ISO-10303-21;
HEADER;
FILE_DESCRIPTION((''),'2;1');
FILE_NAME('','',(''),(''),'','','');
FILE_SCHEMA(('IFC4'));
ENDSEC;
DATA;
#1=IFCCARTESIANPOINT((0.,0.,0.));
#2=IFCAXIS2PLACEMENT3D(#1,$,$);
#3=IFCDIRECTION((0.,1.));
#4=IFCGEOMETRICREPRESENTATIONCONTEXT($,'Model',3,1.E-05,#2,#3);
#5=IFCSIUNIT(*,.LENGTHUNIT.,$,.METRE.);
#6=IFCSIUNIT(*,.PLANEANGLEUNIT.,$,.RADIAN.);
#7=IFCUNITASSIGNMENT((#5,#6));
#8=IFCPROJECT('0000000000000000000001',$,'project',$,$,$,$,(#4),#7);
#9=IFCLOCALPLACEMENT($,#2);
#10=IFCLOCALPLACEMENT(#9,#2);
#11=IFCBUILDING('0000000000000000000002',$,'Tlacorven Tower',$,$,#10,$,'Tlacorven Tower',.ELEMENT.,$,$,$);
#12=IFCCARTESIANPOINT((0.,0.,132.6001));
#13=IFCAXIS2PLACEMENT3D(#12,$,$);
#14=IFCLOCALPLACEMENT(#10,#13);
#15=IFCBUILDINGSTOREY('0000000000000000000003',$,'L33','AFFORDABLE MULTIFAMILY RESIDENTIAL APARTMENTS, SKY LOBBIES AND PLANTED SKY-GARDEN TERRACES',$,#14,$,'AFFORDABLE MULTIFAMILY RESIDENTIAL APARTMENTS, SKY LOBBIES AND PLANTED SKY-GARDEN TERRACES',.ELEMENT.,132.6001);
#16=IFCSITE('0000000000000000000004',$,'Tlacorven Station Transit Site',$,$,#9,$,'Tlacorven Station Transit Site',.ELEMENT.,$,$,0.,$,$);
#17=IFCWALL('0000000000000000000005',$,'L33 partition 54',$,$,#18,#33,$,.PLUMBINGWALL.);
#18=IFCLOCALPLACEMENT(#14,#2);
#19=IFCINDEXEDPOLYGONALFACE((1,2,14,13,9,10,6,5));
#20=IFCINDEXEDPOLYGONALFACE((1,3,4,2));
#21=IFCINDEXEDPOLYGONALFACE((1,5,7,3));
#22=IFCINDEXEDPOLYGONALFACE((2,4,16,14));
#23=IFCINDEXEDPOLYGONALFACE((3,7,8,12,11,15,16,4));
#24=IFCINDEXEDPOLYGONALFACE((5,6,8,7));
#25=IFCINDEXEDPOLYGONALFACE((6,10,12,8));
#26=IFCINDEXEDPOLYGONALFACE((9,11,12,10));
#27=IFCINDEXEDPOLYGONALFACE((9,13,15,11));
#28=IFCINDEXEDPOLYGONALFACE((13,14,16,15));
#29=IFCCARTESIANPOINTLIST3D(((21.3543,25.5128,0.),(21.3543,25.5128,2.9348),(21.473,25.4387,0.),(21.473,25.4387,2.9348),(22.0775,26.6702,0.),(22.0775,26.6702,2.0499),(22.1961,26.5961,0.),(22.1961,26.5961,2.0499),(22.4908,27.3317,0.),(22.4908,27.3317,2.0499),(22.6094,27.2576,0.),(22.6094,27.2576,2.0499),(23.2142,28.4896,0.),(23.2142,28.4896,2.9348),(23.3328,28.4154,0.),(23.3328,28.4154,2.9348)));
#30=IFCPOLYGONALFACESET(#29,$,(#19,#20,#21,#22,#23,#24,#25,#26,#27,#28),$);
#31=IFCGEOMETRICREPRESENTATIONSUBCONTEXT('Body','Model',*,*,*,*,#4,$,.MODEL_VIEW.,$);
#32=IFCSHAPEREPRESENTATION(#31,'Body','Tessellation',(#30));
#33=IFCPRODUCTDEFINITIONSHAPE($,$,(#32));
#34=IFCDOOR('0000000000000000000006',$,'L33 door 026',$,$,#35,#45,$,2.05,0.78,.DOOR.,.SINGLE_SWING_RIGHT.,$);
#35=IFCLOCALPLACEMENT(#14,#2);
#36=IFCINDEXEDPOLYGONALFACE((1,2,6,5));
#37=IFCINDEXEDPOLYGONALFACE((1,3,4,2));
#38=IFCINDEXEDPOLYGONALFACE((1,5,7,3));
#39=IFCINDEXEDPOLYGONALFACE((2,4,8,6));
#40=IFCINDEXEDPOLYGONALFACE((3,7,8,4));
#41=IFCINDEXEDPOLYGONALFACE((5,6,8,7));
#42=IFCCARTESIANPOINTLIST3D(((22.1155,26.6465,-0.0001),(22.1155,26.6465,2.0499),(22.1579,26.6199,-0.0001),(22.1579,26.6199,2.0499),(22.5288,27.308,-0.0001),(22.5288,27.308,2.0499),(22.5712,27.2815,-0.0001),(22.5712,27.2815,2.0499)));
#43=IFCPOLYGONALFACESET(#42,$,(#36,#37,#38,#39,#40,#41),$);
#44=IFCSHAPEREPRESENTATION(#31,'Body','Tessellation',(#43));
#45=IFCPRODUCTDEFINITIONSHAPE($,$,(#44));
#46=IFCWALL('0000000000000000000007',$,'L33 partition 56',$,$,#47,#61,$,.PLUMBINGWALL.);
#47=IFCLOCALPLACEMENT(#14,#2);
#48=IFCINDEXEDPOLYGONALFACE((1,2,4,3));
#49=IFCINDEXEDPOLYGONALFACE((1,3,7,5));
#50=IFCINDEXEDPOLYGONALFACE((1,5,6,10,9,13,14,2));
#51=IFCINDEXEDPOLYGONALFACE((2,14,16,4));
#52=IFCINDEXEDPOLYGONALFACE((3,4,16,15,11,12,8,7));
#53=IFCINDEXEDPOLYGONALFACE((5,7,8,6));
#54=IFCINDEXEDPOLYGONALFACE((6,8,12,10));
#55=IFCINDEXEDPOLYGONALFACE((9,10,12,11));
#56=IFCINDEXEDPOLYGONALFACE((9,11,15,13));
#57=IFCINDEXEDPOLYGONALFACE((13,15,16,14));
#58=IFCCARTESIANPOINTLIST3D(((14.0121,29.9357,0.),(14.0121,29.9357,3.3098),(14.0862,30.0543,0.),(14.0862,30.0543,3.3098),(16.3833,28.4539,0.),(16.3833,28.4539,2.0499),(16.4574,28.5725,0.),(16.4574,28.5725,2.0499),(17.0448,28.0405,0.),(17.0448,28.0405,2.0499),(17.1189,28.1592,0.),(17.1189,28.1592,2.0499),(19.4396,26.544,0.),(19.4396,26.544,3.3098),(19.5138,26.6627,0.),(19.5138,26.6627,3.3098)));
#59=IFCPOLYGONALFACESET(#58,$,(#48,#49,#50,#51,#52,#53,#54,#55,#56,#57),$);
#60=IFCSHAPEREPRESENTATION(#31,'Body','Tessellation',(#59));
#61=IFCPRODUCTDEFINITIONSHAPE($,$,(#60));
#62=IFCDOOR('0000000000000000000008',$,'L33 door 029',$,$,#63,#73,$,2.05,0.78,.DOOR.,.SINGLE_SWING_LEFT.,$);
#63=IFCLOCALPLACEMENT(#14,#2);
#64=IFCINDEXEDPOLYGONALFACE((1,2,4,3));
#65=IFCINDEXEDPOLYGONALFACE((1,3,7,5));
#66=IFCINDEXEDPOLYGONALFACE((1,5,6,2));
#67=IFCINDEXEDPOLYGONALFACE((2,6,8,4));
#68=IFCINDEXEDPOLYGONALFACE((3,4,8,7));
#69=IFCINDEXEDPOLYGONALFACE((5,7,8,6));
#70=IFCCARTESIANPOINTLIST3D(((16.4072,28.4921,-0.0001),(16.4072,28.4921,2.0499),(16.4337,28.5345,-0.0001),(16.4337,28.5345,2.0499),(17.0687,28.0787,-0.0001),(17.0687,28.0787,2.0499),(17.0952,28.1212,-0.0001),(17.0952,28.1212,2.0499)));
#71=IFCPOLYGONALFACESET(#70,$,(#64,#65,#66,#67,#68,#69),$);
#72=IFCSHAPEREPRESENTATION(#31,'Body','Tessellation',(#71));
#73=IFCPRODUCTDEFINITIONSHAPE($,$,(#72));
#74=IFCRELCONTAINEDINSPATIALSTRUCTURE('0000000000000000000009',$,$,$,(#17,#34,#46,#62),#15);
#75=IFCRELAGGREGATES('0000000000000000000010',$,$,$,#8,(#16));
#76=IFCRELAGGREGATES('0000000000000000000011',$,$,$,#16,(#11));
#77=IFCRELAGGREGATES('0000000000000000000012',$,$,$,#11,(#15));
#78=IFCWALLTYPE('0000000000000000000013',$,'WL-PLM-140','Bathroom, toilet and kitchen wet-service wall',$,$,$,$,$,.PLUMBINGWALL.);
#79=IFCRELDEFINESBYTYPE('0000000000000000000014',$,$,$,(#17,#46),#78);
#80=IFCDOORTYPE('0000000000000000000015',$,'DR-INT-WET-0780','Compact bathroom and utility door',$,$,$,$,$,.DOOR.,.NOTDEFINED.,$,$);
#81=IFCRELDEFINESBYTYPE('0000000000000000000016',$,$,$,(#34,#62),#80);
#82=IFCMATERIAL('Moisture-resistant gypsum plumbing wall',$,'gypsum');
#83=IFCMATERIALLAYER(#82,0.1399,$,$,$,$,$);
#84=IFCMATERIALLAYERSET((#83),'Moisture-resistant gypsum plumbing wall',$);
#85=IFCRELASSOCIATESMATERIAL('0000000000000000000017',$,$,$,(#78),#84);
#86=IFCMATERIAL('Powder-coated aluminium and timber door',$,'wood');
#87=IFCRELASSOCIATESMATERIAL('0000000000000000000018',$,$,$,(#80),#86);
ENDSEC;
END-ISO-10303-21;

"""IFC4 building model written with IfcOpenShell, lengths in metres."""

from ifc_helpers import new_model, si_unit, direction, frame, frame_2d, origin, place, context, subcontext, project, spatial, rectangle, extrude, source, transform, mapped, material, layer, layer_set, type_object, element, fill, save


model = new_model("IFC4")

# Units and contexts
model_context = context("Model", 3, precision=1e-05, world=origin(), true_north=direction((0.0, 1.0)))
body_context = subcontext(model_context, "Body", "Model", "MODEL_VIEW")
ifc_project = project(units=[si_unit("LENGTHUNIT", "METRE"), si_unit("PLANEANGLEUNIT", "RADIAN")], contexts=[model_context])

# Site, building, storey
site_placement = place(None, origin())
site = spatial("IfcSite", under=ifc_project, at=site_placement, Name="Tlacorven Station Transit Site", LongName="Tlacorven Station Transit Site", CompositionType="ELEMENT", RefElevation=0.0)
building_placement = place(site_placement, origin())
building = spatial("IfcBuilding", under=site, at=building_placement, Name="Tlacorven Tower", LongName="Tlacorven Tower", CompositionType="ELEMENT")
storey_placement = place(building_placement, frame((0.0, 0.0, 132.6001)))
storey = spatial("IfcBuildingStorey", under=building, at=storey_placement, Name="L33", Description="AFFORDABLE MULTIFAMILY RESIDENTIAL APARTMENTS, SKY LOBBIES AND PLANTED SKY-GARDEN TERRACES", LongName="AFFORDABLE MULTIFAMILY RESIDENTIAL APARTMENTS, SKY LOBBIES AND PLANTED SKY-GARDEN TERRACES", CompositionType="ELEMENT", Elevation=132.6001)

# Walls, openings, doors
ifc_material_1 = material(Name="Moisture-resistant gypsum plumbing wall", Category="gypsum")
ifc_layer_1 = layer(ifc_material_1, 0.1399)
ifc_layer_set_1 = layer_set([ifc_layer_1], Name="Moisture-resistant gypsum plumbing wall")
wall_type_1 = type_object("IfcWallType", Name="WL-PLM-140", Description="Bathroom, toilet and kitchen wet-service wall", PredefinedType="PLUMBINGWALL", material=ifc_layer_set_1)
ifc_material_2 = material(Name="Powder-coated aluminium and timber door", Category="wood")
wall_1_placement = place(storey_placement, frame((23.2734, 28.4524, 0.0), z_axis=(0.0, 0.0, 1.0), x_axis=(-0.529868, -0.84808, 0.0)))
wall_1 = element("IfcWall", 1, at=wall_1_placement, inside=storey, type_object=wall_type_1, Name="L33 partition 54", PredefinedType="PLUMBINGWALL", context=body_context, shape_type="SweptSolid", body=[
    extrude(rectangle(XDim=3.51, YDim=0.1399, at=frame_2d((1.7549, 0.0))), origin(), (0.0, 0.0, 1.0), 2.9348),
])
opening_1_placement = place(wall_1_placement, frame((1.365, 0.0, 0.0)))
opening_1 = element("IfcOpeningElement", 2, at=opening_1_placement, cuts=wall_1, PredefinedType="OPENING", context=body_context, shape_type="SweptSolid", body=[
    extrude(rectangle(XDim=0.78, YDim=2.05, at=frame_2d((0.3901, 1.0249))), frame((0.0, 0.0801, 0.0), z_axis=(0.0, -1.0, 0.0), x_axis=(1.0, 0.0, 0.0)), (0.0, 0.0, 1.0), 0.1599),
])
door_type_1 = type_object("IfcDoorType", Name="DR-INT-WET-0780", Description="Compact bathroom and utility door", OperationType="NOTDEFINED", PredefinedType="DOOR", material=ifc_material_2)
shared_shape_1 = source(origin(), body_context, "Body", "SweptSolid", [
    extrude(rectangle(XDim=0.78, YDim=2.05, at=frame_2d((0.3901, 1.0249))), frame((0.0, 0.0249, 0.0), z_axis=(0.0, -1.0, 0.0), x_axis=(1.0, 0.0, 0.0)), (0.0, 0.0, 1.0), 0.05),
])
door_1_placement = place(opening_1_placement, origin())
door_1 = element("IfcDoor", 3, at=door_1_placement, inside=storey, type_object=door_type_1, Name="L33 door 026", OperationType="SINGLE_SWING_RIGHT", OverallHeight=2.05, OverallWidth=0.78, PredefinedType="DOOR", context=body_context, shape_type="MappedRepresentation", body=[
    mapped(shared_shape_1, transform((0.0, 0.0, 0.0), scale=1.0)),
])
fill(opening_1, door_1)
wall_2_placement = place(storey_placement, frame((19.4768, 26.6033, 0.0), z_axis=(0.0, 0.0, 1.0), x_axis=(-0.848039, 0.529934, 0.0)))
wall_2 = element("IfcWall", 4, at=wall_2_placement, inside=storey, type_object=wall_type_1, Name="L33 partition 56", PredefinedType="PLUMBINGWALL", context=body_context, shape_type="SweptSolid", body=[
    extrude(rectangle(XDim=6.4001, YDim=0.1399, at=frame_2d((3.2002, 0.0))), origin(), (0.0, 0.0, 1.0), 3.3098),
])
opening_2_placement = place(wall_2_placement, frame((2.824, 0.0, 0.0)))
opening_2 = element("IfcOpeningElement", 5, at=opening_2_placement, cuts=wall_2, PredefinedType="OPENING", context=body_context, shape_type="SweptSolid", body=[
    extrude(rectangle(XDim=0.78, YDim=2.05, at=frame_2d((0.3901, 1.0249))), frame((0.0, 0.0801, 0.0), z_axis=(0.0, -1.0, 0.0), x_axis=(1.0, 0.0, 0.0)), (0.0, 0.0, 1.0), 0.1599),
])
door_2_placement = place(opening_2_placement, origin())
door_2 = element("IfcDoor", 6, at=door_2_placement, inside=storey, type_object=door_type_1, Name="L33 door 029", OperationType="SINGLE_SWING_LEFT", OverallHeight=2.05, OverallWidth=0.78, PredefinedType="DOOR", context=body_context, shape_type="MappedRepresentation", body=[
    mapped(shared_shape_1, transform((0.0, 0.0, 0.0), scale=1.0)),
])
fill(opening_2, door_2)

save(model, "model.ifc")
